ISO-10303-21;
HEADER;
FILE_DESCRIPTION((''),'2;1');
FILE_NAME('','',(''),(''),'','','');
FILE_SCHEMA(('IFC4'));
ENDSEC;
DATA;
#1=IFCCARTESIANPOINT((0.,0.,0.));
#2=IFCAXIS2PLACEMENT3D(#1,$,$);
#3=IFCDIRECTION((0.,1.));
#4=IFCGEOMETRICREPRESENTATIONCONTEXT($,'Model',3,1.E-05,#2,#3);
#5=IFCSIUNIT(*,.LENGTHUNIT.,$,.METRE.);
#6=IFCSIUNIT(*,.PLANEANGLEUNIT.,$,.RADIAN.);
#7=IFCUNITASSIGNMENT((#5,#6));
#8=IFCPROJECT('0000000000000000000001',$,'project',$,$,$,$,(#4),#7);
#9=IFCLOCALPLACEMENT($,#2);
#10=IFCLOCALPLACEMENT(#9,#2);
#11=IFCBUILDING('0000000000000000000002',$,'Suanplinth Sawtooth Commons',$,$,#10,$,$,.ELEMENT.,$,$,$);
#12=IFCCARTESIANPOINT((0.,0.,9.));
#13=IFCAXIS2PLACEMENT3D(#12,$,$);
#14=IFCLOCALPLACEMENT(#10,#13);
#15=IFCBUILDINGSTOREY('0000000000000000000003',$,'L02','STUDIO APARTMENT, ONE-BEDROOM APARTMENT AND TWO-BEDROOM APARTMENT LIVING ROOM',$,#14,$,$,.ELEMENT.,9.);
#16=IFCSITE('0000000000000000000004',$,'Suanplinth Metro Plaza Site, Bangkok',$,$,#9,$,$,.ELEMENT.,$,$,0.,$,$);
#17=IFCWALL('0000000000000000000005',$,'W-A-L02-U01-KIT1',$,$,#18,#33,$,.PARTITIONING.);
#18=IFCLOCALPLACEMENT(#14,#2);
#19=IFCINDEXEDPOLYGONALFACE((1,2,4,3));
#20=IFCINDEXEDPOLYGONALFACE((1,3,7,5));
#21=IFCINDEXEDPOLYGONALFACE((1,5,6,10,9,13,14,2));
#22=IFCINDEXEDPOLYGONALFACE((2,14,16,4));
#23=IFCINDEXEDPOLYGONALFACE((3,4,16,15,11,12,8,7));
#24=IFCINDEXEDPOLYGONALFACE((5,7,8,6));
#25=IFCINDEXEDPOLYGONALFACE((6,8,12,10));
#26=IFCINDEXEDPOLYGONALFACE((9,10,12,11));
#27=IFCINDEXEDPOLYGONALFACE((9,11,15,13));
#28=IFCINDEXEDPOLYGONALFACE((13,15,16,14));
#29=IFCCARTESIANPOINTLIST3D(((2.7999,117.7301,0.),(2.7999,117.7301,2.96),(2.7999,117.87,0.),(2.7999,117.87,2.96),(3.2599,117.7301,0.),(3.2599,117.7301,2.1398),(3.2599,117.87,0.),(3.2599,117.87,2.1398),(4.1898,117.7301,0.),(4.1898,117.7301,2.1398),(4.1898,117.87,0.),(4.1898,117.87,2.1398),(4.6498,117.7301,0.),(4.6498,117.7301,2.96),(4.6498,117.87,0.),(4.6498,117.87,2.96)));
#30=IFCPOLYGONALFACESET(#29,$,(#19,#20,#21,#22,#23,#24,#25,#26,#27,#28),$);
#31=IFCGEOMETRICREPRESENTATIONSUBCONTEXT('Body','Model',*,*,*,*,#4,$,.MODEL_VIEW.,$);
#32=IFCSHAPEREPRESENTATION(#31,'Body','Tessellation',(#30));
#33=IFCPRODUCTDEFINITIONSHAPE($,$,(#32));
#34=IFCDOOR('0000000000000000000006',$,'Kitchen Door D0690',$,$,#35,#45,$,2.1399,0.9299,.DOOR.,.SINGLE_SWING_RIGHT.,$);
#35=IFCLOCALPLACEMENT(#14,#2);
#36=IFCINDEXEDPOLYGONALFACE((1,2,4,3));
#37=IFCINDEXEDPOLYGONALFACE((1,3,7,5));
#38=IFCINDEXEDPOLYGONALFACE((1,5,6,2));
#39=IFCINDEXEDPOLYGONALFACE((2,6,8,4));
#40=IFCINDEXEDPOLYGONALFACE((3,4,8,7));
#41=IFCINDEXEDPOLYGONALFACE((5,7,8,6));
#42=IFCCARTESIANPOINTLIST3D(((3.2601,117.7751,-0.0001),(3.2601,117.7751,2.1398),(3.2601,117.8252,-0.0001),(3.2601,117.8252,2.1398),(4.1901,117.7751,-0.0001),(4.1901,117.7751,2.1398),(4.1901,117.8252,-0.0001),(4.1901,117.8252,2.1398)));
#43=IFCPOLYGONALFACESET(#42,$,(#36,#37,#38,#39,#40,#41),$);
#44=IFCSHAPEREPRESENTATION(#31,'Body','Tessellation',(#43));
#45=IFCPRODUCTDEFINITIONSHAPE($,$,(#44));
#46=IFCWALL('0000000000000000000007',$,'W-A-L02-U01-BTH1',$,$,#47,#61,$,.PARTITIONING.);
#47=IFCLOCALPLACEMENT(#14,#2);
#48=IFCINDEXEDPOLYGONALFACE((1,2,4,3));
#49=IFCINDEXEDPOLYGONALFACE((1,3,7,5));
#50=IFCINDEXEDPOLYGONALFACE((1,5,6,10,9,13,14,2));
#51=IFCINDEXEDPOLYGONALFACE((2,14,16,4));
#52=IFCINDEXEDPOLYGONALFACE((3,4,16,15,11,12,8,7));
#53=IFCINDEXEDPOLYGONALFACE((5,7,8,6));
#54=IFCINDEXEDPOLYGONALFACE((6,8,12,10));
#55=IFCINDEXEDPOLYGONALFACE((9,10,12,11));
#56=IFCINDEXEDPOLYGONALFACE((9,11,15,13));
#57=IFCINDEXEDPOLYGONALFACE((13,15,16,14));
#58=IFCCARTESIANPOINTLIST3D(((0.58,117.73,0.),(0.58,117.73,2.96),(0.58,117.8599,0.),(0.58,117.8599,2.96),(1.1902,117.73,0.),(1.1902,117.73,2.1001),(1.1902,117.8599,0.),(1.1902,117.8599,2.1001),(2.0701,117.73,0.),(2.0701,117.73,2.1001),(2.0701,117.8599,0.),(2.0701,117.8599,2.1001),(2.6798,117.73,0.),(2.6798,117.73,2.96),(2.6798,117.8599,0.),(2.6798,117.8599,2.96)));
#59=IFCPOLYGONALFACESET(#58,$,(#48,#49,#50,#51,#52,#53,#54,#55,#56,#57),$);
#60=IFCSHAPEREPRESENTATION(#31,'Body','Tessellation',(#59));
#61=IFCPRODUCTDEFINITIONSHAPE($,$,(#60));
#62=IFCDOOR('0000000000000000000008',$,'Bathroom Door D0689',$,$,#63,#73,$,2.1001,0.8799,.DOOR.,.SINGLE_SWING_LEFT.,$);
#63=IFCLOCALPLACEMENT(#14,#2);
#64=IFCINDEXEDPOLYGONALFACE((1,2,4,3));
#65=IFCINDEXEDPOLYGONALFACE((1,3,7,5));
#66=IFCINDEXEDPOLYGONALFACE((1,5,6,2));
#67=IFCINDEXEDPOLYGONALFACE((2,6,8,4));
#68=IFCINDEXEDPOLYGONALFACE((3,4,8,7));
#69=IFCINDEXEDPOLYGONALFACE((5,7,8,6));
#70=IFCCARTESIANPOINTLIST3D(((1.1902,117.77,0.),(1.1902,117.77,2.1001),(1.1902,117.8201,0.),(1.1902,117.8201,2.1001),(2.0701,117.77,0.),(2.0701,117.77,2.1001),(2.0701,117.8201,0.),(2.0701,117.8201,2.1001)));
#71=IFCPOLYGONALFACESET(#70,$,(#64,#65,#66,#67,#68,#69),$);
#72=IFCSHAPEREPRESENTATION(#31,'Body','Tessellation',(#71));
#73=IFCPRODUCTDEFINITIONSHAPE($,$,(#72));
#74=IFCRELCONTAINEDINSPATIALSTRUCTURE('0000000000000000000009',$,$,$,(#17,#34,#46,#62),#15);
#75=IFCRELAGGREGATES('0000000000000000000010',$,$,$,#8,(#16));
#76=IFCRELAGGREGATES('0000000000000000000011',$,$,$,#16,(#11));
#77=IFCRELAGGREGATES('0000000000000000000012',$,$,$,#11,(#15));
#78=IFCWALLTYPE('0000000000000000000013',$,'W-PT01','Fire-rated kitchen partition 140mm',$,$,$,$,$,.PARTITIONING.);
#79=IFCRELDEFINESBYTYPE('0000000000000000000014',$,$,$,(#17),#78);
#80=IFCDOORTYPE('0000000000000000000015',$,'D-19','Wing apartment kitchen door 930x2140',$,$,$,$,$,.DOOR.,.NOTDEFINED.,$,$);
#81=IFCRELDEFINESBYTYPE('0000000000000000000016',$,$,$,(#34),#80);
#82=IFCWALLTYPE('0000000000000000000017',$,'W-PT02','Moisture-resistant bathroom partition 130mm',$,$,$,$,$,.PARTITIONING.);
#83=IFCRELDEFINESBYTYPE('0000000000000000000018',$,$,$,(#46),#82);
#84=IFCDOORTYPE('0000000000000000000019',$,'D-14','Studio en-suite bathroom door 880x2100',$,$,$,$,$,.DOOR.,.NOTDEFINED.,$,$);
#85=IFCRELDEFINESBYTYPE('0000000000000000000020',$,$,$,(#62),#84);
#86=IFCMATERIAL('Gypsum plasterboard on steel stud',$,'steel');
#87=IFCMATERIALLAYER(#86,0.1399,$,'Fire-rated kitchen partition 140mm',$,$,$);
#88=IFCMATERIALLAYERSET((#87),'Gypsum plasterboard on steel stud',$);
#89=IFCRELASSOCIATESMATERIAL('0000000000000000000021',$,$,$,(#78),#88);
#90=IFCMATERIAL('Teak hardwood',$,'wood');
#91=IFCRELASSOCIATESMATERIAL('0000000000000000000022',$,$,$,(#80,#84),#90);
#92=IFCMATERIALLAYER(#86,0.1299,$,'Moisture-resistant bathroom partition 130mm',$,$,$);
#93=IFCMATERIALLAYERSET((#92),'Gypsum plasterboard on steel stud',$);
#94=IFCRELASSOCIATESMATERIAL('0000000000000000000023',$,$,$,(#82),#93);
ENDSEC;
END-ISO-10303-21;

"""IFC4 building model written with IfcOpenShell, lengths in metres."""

from ifc_helpers import new_model, si_unit, direction, frame, frame_2d, origin, place, context, subcontext, project, spatial, rectangle, extrude, material, layer, layer_set, type_object, element, fill, save


model = new_model("IFC4")

# Units and contexts
model_context = context("Model", 3, precision=1e-05, world=origin(), true_north=direction((0.0, 1.0)))
body_context = subcontext(model_context, "Body", "Model", "MODEL_VIEW")
ifc_project = project(units=[si_unit("LENGTHUNIT", "METRE"), si_unit("PLANEANGLEUNIT", "RADIAN")], contexts=[model_context])

# Site, building, storey
site_placement = place(None, origin())
site = spatial("IfcSite", under=ifc_project, at=site_placement, Name="Suanplinth Metro Plaza Site, Bangkok", CompositionType="ELEMENT", RefElevation=0.0)
building_placement = place(site_placement, origin())
building = spatial("IfcBuilding", under=site, at=building_placement, Name="Suanplinth Sawtooth Commons", CompositionType="ELEMENT")
storey_placement = place(building_placement, frame((0.0, 0.0, 9.0)))
storey = spatial("IfcBuildingStorey", under=building, at=storey_placement, Name="L02", Description="STUDIO APARTMENT, ONE-BEDROOM APARTMENT AND TWO-BEDROOM APARTMENT LIVING ROOM", CompositionType="ELEMENT", Elevation=9.0)

# Walls, openings, doors
ifc_material_1 = material(Name="Gypsum plasterboard on steel stud", Category="steel")
ifc_layer_1 = layer(ifc_material_1, 0.1399, Name="Fire-rated kitchen partition 140mm")
ifc_layer_set_1 = layer_set([ifc_layer_1], Name="Gypsum plasterboard on steel stud")
wall_type_1 = type_object("IfcWallType", Name="W-PT01", Description="Fire-rated kitchen partition 140mm", PredefinedType="PARTITIONING", material=ifc_layer_set_1)
wall_1_placement = place(storey_placement, frame((2.8, 117.8, 0.0), z_axis=(0.0, 0.0, 1.0), x_axis=(1.0, 0.0, 0.0)))
wall_1 = element("IfcWall", 1, at=wall_1_placement, inside=storey, type_object=wall_type_1, Name="W-A-L02-U01-KIT1", PredefinedType="PARTITIONING", context=body_context, shape_type="SweptSolid", body=[
    extrude(rectangle(XDim=1.8499, YDim=0.1399, at=frame_2d((0.9248, 0.0))), origin(), (0.0, 0.0, 1.0), 2.96),
])
opening_1_placement = place(wall_1_placement, frame((0.46, 0.0, 0.0)))
opening_1 = element("IfcOpeningElement", 2, at=opening_1_placement, cuts=wall_1, PredefinedType="OPENING", context=body_context, shape_type="SweptSolid", body=[
    extrude(rectangle(XDim=0.9299, YDim=2.1399, at=frame_2d((0.4648, 1.0698))), frame((0.0, 0.085, 0.0), z_axis=(0.0, -1.0, 0.0), x_axis=(1.0, 0.0, 0.0)), (0.0, 0.0, 1.0), 0.1697),
])
ifc_material_2 = material(Name="Teak hardwood", Category="wood")
door_type_1 = type_object("IfcDoorType", Name="D-19", Description="Wing apartment kitchen door 930x2140", OperationType="NOTDEFINED", PredefinedType="DOOR", material=ifc_material_2)
door_1_placement = place(opening_1_placement, frame((0.9299, 0.0, 0.0), z_axis=(0.0, 0.0, 1.0), x_axis=(-1.0, 0.0, 0.0)))
door_1 = element("IfcDoor", 3, at=door_1_placement, inside=storey, type_object=door_type_1, Name="Kitchen Door D0690", OperationType="SINGLE_SWING_RIGHT", OverallHeight=2.1399, OverallWidth=0.9299, PredefinedType="DOOR", context=body_context, shape_type="SweptSolid", body=[
    extrude(rectangle(XDim=0.9299, YDim=2.1399, at=frame_2d((0.4648, 1.0698))), frame((0.0, 0.0249, 0.0), z_axis=(0.0, -1.0, 0.0), x_axis=(1.0, 0.0, 0.0)), (0.0, 0.0, 1.0), 0.05),
])
fill(opening_1, door_1)
ifc_layer_2 = layer(ifc_material_1, 0.1299, Name="Moisture-resistant bathroom partition 130mm")
ifc_layer_set_2 = layer_set([ifc_layer_2], Name="Gypsum plasterboard on steel stud")
wall_type_2 = type_object("IfcWallType", Name="W-PT02", Description="Moisture-resistant bathroom partition 130mm", PredefinedType="PARTITIONING", material=ifc_layer_set_2)
wall_2_placement = place(storey_placement, frame((0.5801, 117.7949, 0.0), z_axis=(0.0, 0.0, 1.0), x_axis=(1.0, 0.0, 0.0)))
wall_2 = element("IfcWall", 4, at=wall_2_placement, inside=storey, type_object=wall_type_2, Name="W-A-L02-U01-BTH1", PredefinedType="PARTITIONING", context=body_context, shape_type="SweptSolid", body=[
    extrude(rectangle(XDim=2.0999, YDim=0.1299, at=frame_2d((1.0498, 0.0))), origin(), (0.0, 0.0, 1.0), 2.96),
])
opening_2_placement = place(wall_2_placement, frame((0.6101, 0.0, 0.0)))
opening_2 = element("IfcOpeningElement", 5, at=opening_2_placement, cuts=wall_2, PredefinedType="OPENING", context=body_context, shape_type="SweptSolid", body=[
    extrude(rectangle(XDim=0.8799, YDim=2.1001, at=frame_2d((0.4399, 1.05))), frame((0.0, 0.0798, 0.0), z_axis=(0.0, -1.0, 0.0), x_axis=(1.0, 0.0, 0.0)), (0.0, 0.0, 1.0), 0.1597),
])
door_type_2 = type_object("IfcDoorType", Name="D-14", Description="Studio en-suite bathroom door 880x2100", OperationType="NOTDEFINED", PredefinedType="DOOR", material=ifc_material_2)
door_2_placement = place(opening_2_placement, frame((0.8799, 0.0, 0.0), z_axis=(0.0, 0.0, 1.0), x_axis=(-1.0, 0.0, 0.0)))
door_2 = element("IfcDoor", 6, at=door_2_placement, inside=storey, type_object=door_type_2, Name="Bathroom Door D0689", OperationType="SINGLE_SWING_LEFT", OverallHeight=2.1001, OverallWidth=0.8799, PredefinedType="DOOR", context=body_context, shape_type="SweptSolid", body=[
    extrude(rectangle(XDim=0.8799, YDim=2.1001, at=frame_2d((0.4399, 1.05))), frame((0.0, 0.0249, 0.0), z_axis=(0.0, -1.0, 0.0), x_axis=(1.0, 0.0, 0.0)), (0.0, 0.0, 1.0), 0.05),
])
fill(opening_2, door_2)

save(model, "model.ifc")
